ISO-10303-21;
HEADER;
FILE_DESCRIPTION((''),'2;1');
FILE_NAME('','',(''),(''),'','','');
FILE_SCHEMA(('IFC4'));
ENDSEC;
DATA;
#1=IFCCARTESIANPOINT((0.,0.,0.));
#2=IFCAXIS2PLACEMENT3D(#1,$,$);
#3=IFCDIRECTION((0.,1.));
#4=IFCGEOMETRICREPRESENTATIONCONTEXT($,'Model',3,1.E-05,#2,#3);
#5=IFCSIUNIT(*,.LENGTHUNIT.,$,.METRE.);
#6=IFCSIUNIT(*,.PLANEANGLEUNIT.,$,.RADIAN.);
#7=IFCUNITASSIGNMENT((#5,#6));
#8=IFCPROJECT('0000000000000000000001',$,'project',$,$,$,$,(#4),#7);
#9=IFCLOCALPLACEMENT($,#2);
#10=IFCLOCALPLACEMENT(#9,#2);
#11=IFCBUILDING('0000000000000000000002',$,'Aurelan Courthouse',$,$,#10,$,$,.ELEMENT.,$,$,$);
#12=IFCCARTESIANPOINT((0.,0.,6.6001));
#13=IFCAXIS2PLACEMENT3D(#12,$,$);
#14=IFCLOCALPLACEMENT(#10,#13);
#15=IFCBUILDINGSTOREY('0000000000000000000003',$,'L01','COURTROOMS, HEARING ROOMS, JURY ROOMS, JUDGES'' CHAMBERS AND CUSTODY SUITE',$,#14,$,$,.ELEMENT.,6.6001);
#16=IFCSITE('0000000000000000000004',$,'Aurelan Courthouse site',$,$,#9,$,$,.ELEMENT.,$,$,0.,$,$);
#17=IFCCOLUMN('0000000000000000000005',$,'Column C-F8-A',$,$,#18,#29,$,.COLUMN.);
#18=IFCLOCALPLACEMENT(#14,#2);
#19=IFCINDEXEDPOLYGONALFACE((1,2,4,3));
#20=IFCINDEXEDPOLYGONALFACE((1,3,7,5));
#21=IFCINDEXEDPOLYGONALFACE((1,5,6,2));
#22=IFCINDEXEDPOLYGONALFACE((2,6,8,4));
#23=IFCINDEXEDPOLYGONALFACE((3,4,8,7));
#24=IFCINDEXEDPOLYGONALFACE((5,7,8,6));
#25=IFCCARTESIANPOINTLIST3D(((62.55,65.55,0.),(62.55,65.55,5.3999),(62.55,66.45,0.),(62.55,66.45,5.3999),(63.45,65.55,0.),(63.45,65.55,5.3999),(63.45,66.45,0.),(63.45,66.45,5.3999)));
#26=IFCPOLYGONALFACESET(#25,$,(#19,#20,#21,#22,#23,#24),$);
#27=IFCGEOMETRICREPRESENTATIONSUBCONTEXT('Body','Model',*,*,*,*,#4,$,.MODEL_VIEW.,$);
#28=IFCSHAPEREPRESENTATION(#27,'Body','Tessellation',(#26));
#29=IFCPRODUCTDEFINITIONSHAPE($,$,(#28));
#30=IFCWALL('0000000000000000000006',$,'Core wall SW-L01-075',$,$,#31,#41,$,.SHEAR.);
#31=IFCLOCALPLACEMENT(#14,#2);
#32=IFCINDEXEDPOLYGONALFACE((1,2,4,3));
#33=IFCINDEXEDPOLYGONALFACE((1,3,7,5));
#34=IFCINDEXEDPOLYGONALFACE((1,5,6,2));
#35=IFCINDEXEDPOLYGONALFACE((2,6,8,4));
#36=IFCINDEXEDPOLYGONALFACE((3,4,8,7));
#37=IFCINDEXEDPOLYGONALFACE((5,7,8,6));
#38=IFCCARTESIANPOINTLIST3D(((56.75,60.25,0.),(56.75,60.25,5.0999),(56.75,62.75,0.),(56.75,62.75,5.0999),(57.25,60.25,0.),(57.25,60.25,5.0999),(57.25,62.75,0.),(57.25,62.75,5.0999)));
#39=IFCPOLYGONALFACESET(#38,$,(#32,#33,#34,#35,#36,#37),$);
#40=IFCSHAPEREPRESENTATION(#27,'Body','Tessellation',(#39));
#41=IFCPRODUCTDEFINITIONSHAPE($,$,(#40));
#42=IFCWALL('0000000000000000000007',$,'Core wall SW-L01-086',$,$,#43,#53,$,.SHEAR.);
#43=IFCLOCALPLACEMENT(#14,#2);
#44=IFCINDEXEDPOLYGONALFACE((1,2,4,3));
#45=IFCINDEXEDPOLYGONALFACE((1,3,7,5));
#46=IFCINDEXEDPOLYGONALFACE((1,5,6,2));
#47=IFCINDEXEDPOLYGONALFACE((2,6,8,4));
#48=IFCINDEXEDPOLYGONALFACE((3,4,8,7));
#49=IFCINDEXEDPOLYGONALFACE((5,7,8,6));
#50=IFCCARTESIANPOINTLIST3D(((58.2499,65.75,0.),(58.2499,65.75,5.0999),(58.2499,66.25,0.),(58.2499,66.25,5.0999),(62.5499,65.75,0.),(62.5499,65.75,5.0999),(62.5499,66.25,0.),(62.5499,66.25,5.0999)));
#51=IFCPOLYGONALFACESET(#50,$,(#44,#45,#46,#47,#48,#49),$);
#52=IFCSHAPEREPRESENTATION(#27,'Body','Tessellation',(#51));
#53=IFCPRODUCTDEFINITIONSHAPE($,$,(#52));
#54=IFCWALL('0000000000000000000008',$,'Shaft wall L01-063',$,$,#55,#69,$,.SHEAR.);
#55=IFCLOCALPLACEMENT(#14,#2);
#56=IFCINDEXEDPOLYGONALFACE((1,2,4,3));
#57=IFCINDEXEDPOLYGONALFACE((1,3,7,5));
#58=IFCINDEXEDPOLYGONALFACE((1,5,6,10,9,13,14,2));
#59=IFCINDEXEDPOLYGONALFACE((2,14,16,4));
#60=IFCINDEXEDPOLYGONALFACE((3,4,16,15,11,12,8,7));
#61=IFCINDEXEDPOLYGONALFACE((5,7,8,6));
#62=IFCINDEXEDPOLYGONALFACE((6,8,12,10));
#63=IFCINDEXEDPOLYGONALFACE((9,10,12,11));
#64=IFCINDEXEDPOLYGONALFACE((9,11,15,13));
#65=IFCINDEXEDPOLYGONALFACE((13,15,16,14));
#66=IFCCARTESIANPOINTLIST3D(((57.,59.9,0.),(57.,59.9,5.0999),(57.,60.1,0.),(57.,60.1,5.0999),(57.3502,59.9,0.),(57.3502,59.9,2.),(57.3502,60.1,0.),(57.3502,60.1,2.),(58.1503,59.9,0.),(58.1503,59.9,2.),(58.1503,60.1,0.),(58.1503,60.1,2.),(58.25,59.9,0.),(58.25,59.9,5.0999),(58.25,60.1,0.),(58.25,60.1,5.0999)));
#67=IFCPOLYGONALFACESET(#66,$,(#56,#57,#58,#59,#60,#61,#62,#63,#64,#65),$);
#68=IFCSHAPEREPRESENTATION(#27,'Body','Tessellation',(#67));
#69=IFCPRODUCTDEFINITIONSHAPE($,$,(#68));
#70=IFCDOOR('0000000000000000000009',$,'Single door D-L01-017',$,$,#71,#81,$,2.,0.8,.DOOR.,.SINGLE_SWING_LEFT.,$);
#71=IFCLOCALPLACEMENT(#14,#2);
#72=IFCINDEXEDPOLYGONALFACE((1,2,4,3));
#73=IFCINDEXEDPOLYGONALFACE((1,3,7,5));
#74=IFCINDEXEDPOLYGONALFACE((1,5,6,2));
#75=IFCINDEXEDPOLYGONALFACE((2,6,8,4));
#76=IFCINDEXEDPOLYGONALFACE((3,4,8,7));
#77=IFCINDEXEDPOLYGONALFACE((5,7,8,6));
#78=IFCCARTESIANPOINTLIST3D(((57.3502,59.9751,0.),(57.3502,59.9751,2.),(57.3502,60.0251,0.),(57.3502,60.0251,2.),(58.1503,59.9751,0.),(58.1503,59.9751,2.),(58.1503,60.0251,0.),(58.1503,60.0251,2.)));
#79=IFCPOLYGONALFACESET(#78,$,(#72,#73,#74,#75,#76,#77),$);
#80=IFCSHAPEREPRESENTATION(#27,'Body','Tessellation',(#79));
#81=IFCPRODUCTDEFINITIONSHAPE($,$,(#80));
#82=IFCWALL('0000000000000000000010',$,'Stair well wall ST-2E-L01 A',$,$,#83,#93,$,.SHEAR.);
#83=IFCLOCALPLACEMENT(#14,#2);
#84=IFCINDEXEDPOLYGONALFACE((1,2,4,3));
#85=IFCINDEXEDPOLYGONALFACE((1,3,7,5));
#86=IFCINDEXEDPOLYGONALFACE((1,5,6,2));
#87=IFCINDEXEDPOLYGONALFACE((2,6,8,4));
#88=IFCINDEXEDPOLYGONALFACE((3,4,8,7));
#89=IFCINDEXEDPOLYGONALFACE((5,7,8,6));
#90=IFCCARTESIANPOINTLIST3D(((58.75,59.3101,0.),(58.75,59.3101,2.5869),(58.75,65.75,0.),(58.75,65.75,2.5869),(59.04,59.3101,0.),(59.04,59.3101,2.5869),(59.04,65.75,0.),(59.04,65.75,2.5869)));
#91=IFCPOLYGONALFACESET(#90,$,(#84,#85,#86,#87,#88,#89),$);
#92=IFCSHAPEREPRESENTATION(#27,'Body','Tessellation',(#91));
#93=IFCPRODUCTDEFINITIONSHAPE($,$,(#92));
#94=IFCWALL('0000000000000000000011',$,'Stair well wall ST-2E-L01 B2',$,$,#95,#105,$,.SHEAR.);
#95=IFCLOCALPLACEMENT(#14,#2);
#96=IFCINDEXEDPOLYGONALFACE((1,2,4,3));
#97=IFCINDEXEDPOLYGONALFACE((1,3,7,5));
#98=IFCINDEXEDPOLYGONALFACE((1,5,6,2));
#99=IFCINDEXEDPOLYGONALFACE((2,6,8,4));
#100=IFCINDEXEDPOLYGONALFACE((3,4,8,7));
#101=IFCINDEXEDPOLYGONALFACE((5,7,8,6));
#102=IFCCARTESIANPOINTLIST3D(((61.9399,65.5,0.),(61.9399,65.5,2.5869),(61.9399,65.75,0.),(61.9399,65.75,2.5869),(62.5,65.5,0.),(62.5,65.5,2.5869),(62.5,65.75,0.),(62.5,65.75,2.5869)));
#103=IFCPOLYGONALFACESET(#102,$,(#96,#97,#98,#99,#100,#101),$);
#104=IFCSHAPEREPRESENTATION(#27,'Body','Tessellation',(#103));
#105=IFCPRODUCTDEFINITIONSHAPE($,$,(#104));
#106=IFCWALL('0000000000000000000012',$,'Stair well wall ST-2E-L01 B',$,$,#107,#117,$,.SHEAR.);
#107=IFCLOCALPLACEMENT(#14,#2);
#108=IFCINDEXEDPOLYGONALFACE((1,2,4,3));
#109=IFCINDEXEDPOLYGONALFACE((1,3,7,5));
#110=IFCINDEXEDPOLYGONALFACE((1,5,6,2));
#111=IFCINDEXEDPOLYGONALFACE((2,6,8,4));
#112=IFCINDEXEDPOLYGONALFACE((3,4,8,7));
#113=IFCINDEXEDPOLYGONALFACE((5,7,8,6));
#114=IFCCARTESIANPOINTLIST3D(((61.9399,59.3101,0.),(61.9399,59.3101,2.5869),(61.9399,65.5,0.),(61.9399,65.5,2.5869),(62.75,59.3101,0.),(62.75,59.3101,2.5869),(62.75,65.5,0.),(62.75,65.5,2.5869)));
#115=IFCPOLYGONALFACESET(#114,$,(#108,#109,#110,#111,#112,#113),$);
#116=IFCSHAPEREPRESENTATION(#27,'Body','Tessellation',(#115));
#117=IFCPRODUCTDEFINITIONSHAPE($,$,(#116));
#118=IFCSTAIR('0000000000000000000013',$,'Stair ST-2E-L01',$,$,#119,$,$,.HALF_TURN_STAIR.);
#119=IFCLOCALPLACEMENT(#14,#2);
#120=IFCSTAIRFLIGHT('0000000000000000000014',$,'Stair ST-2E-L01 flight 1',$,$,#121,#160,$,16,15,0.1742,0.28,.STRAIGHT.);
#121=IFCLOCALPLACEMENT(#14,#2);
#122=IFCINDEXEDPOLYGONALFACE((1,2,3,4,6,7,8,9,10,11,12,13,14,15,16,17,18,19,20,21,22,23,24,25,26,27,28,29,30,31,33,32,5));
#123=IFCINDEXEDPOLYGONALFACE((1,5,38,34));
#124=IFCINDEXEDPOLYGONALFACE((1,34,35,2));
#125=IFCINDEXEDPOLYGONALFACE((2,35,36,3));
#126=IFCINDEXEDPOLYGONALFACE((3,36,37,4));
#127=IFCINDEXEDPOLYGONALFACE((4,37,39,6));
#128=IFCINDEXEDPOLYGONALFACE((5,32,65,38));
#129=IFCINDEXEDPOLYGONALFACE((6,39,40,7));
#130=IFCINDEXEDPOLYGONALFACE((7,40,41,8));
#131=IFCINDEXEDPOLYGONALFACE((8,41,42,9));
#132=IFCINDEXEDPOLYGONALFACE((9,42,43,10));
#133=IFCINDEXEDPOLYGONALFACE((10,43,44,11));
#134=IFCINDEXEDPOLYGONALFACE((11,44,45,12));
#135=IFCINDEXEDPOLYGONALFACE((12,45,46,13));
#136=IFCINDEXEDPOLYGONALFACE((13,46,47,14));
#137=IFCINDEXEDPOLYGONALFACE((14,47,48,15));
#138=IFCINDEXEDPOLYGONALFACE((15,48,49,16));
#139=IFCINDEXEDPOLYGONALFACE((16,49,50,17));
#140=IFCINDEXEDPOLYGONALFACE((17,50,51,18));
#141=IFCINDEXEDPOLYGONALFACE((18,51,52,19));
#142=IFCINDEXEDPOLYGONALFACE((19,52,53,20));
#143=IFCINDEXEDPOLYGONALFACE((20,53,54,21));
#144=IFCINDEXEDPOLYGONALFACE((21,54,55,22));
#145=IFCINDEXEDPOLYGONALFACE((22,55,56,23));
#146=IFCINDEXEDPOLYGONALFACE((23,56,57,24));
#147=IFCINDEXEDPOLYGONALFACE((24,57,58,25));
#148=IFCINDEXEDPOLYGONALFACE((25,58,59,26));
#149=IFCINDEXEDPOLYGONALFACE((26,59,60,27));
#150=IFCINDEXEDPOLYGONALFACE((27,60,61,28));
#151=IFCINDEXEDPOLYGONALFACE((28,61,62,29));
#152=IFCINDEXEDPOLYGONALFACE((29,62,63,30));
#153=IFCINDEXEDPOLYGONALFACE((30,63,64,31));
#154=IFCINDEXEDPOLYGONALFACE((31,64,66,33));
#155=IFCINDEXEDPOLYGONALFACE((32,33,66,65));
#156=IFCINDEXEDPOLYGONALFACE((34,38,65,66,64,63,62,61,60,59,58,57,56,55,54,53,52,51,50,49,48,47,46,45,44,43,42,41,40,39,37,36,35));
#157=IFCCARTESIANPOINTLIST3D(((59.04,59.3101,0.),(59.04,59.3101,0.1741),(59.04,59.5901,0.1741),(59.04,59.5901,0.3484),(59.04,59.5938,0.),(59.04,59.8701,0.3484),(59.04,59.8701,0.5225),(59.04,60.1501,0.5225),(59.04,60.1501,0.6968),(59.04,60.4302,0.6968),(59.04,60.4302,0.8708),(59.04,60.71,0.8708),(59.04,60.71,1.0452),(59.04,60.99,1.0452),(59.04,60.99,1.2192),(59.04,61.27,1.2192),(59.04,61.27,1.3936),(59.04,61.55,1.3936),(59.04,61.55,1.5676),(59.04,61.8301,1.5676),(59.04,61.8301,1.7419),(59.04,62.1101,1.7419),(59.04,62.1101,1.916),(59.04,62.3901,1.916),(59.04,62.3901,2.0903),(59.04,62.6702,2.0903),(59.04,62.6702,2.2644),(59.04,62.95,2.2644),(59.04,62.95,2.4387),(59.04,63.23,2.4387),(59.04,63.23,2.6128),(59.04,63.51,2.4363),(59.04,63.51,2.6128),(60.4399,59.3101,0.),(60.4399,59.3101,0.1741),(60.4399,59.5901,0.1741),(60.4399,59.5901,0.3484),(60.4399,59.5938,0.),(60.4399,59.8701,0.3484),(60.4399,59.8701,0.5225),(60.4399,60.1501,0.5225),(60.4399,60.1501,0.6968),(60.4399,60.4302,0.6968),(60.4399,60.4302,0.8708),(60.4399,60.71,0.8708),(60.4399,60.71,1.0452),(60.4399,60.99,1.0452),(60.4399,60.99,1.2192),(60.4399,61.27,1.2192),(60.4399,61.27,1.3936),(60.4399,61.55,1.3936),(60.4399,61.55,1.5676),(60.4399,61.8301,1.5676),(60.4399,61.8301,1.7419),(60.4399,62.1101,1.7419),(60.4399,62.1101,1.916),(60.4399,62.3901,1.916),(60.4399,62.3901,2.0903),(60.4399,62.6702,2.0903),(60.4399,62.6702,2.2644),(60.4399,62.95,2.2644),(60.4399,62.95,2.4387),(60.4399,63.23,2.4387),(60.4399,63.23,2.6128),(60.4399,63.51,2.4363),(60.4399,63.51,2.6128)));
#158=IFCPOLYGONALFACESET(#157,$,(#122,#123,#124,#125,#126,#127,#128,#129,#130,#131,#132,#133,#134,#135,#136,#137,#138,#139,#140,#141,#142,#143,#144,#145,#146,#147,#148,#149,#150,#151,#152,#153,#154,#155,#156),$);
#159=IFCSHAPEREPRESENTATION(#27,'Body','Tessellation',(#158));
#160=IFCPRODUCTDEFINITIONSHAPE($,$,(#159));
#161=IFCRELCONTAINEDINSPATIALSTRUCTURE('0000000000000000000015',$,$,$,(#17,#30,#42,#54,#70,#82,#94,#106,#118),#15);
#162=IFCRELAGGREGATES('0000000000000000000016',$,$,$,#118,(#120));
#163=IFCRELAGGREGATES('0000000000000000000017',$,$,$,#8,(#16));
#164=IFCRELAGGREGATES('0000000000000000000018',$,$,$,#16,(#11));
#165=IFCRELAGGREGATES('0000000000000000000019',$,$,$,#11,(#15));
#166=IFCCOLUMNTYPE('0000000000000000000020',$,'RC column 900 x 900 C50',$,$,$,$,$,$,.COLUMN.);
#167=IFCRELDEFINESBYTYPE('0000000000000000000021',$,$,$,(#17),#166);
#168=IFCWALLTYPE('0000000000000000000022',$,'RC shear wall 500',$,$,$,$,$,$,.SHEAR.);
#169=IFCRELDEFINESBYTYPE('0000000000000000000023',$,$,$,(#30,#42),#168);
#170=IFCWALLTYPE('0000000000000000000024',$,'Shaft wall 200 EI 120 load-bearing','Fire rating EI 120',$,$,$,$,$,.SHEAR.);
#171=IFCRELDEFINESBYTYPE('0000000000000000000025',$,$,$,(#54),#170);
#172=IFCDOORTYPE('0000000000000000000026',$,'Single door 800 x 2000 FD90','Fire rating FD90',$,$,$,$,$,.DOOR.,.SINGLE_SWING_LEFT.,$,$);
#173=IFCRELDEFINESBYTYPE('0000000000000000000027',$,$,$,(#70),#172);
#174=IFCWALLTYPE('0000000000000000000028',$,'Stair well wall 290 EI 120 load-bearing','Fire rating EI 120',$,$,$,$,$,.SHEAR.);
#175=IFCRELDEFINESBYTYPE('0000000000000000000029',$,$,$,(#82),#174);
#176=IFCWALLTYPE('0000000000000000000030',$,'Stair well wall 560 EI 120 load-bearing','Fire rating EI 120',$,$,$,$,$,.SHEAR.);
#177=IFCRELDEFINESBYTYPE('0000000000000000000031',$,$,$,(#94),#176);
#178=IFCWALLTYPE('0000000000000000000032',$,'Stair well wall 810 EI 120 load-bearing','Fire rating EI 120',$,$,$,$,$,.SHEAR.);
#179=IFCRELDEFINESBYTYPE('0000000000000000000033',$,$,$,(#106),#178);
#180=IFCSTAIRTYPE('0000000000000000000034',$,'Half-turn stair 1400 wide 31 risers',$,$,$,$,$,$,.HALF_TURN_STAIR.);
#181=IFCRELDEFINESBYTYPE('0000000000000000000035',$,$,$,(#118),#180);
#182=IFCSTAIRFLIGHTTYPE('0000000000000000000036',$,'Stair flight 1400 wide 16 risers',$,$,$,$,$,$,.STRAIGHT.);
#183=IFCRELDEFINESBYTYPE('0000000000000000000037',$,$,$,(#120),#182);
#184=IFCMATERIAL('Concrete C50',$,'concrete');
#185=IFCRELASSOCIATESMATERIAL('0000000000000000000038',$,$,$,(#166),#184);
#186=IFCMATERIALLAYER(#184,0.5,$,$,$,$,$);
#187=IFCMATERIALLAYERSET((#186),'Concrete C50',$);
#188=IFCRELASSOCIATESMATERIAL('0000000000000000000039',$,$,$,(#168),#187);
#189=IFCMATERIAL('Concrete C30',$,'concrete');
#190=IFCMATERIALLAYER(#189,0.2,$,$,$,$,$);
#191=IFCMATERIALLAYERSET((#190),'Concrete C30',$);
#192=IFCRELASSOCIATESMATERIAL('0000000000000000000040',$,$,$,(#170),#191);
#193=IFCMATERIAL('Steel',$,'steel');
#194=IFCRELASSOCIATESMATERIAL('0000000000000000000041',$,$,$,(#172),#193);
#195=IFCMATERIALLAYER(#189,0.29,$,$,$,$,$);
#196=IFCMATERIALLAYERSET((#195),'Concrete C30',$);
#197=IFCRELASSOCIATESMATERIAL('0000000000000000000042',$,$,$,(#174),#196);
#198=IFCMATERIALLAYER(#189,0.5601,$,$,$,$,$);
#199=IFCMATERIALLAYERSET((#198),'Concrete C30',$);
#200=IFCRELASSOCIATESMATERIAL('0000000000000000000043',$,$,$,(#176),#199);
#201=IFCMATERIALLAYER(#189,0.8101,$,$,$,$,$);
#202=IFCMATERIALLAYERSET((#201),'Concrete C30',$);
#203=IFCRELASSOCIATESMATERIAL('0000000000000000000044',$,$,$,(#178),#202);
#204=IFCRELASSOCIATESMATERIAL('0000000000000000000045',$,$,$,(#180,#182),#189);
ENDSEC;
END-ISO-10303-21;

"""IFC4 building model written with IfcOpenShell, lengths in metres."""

from ifc_helpers import new_model, si_unit, direction, frame, frame_2d, origin, origin_2d, place, context, subcontext, project, spatial, polyline, rectangle, outline, extrude, material, layer, layer_set, material_profile, profile_set, type_object, element, fill, aggregate, save


model = new_model("IFC4")

# Units and contexts
model_context = context("Model", 3, precision=1e-05, world=origin(), true_north=direction((0.0, 1.0)))
body_context = subcontext(model_context, "Body", "Model", "MODEL_VIEW")
ifc_project = project(units=[si_unit("LENGTHUNIT", "METRE"), si_unit("PLANEANGLEUNIT", "RADIAN")], contexts=[model_context])

# Site, building, storey
site_placement = place(None, origin())
site = spatial("IfcSite", under=ifc_project, at=site_placement, Name="Aurelan Courthouse site", CompositionType="ELEMENT", RefElevation=0.0)
building_placement = place(site_placement, origin())
building = spatial("IfcBuilding", under=site, at=building_placement, Name="Aurelan Courthouse", CompositionType="ELEMENT")
storey_placement = place(building_placement, frame((0.0, 0.0, 6.6001)))
storey = spatial("IfcBuildingStorey", under=building, at=storey_placement, Name="L01", Description="COURTROOMS, HEARING ROOMS, JURY ROOMS, JUDGES' CHAMBERS AND CUSTODY SUITE", CompositionType="ELEMENT", Elevation=6.6001)

# Column
ifc_material_1 = material(Name="Concrete C50", Category="concrete")
ifc_material_profile = material_profile(ifc_material_1, rectangle(XDim=0.8999, YDim=0.8999, at=origin_2d()), Name="RC 900 x 900")
ifc_profile_set = profile_set([ifc_material_profile], Name="Concrete C50")
column_type = type_object("IfcColumnType", Name="RC column 900 x 900 C50", PredefinedType="COLUMN", material=ifc_profile_set)
column_placement = place(storey_placement, frame((63.0, 66.0, 0.0), z_axis=(0.0, 0.0, 1.0), x_axis=(1.0, 0.0, 0.0)))
element("IfcColumn", 1, at=column_placement, inside=storey, type_object=column_type, Name="Column C-F8-A", PredefinedType="COLUMN", context=body_context, shape_type="SweptSolid", body=[
    extrude(rectangle(XDim=0.8999, YDim=0.8999, at=origin_2d()), origin(), (0.0, 0.0, 1.0), 5.3999),
])

# Walls
ifc_layer_1 = layer(ifc_material_1, 0.5)
ifc_layer_set_1 = layer_set([ifc_layer_1], Name="Concrete C50")
wall_type_1 = type_object("IfcWallType", Name="RC shear wall 500", PredefinedType="SHEAR", material=ifc_layer_set_1)
wall_1_placement = place(storey_placement, frame((57.0, 60.25, 0.0), z_axis=(0.0, 0.0, 1.0), x_axis=(0.0, 1.0, 0.0)))
element("IfcWall", 2, at=wall_1_placement, inside=storey, type_object=wall_type_1, Name="Core wall SW-L01-075", PredefinedType="SHEAR", context=body_context, shape_type="SweptSolid", body=[
    extrude(rectangle(XDim=2.5, YDim=0.5, at=frame_2d((1.25, 0.0))), origin(), (0.0, 0.0, 1.0), 5.0999),
])
wall_2_placement = place(storey_placement, frame((58.25, 66.0, 0.0), z_axis=(0.0, 0.0, 1.0), x_axis=(1.0, 0.0, 0.0)))
element("IfcWall", 3, at=wall_2_placement, inside=storey, type_object=wall_type_1, Name="Core wall SW-L01-086", PredefinedType="SHEAR", context=body_context, shape_type="SweptSolid", body=[
    extrude(rectangle(XDim=4.3, YDim=0.5, at=frame_2d((2.1499, 0.0))), origin(), (0.0, 0.0, 1.0), 5.0999),
])

# Wall, opening, door
ifc_material_2 = material(Name="Concrete C30", Category="concrete")
ifc_layer_2 = layer(ifc_material_2, 0.2)
ifc_layer_set_2 = layer_set([ifc_layer_2], Name="Concrete C30")
wall_type_2 = type_object("IfcWallType", Name="Shaft wall 200 EI 120 load-bearing", Description="Fire rating EI 120", PredefinedType="SHEAR", material=ifc_layer_set_2)
wall_3_placement = place(storey_placement, frame((57.0, 60.0, 0.0), z_axis=(0.0, 0.0, 1.0), x_axis=(1.0, 0.0, 0.0)))
wall_3 = element("IfcWall", 4, at=wall_3_placement, inside=storey, type_object=wall_type_2, Name="Shaft wall L01-063", PredefinedType="SHEAR", context=body_context, shape_type="SweptSolid", body=[
    extrude(rectangle(XDim=1.25, YDim=0.2, at=frame_2d((0.625, 0.0))), origin(), (0.0, 0.0, 1.0), 5.0999),
])
opening_placement = place(wall_3_placement, frame((1.1501, 0.0, 0.0), z_axis=(0.0, 0.0, 1.0), x_axis=(-1.0, 0.0, 0.0)))
opening = element("IfcOpeningElement", 5, at=opening_placement, cuts=wall_3, PredefinedType="OPENING", context=body_context, shape_type="SweptSolid", body=[
    extrude(rectangle(XDim=0.8, YDim=2.0, at=frame_2d((0.3999, 1.0))), frame((0.0, 0.1099, 0.0), z_axis=(0.0, -1.0, 0.0), x_axis=(1.0, 0.0, 0.0)), (0.0, 0.0, 1.0), 0.22),
])
ifc_material_3 = material(Name="Steel", Category="steel")
door_type = type_object("IfcDoorType", Name="Single door 800 x 2000 FD90", Description="Fire rating FD90", OperationType="SINGLE_SWING_LEFT", PredefinedType="DOOR", material=ifc_material_3)
door_placement = place(opening_placement, origin())
door = element("IfcDoor", 6, at=door_placement, inside=storey, type_object=door_type, Name="Single door D-L01-017", OperationType="SINGLE_SWING_LEFT", OverallHeight=2.0, OverallWidth=0.8, PredefinedType="DOOR", context=body_context, shape_type="SweptSolid", body=[
    extrude(rectangle(XDim=0.8, YDim=2.0, at=frame_2d((0.3999, 1.0))), frame((0.0, 0.0249, 0.0), z_axis=(0.0, -1.0, 0.0), x_axis=(1.0, 0.0, 0.0)), (0.0, 0.0, 1.0), 0.05),
])
fill(opening, door)

# Walls
ifc_layer_3 = layer(ifc_material_2, 0.29)
ifc_layer_set_3 = layer_set([ifc_layer_3], Name="Concrete C30")
wall_type_3 = type_object("IfcWallType", Name="Stair well wall 290 EI 120 load-bearing", Description="Fire rating EI 120", PredefinedType="SHEAR", material=ifc_layer_set_3)
wall_4_placement = place(storey_placement, frame((58.895, 59.3101, 0.0), z_axis=(0.0, 0.0, 1.0), x_axis=(0.0, 1.0, 0.0)))
element("IfcWall", 7, at=wall_4_placement, inside=storey, type_object=wall_type_3, Name="Stair well wall ST-2E-L01 A", PredefinedType="SHEAR", context=body_context, shape_type="SweptSolid", body=[
    extrude(rectangle(XDim=6.4399, YDim=0.29, at=frame_2d((3.22, 0.0))), origin(), (0.0, 0.0, 1.0), 2.5869),
])
ifc_layer_4 = layer(ifc_material_2, 0.5601)
ifc_layer_set_4 = layer_set([ifc_layer_4], Name="Concrete C30")
wall_type_4 = type_object("IfcWallType", Name="Stair well wall 560 EI 120 load-bearing", Description="Fire rating EI 120", PredefinedType="SHEAR", material=ifc_layer_set_4)
wall_5_placement = place(storey_placement, frame((62.22, 65.5, 0.0), z_axis=(0.0, 0.0, 1.0), x_axis=(0.0, 1.0, 0.0)))
element("IfcWall", 8, at=wall_5_placement, inside=storey, type_object=wall_type_4, Name="Stair well wall ST-2E-L01 B2", PredefinedType="SHEAR", context=body_context, shape_type="SweptSolid", body=[
    extrude(rectangle(XDim=0.25, YDim=0.5601, at=frame_2d((0.125, 0.0))), origin(), (0.0, 0.0, 1.0), 2.5869),
])
ifc_layer_5 = layer(ifc_material_2, 0.8101)
ifc_layer_set_5 = layer_set([ifc_layer_5], Name="Concrete C30")
wall_type_5 = type_object("IfcWallType", Name="Stair well wall 810 EI 120 load-bearing", Description="Fire rating EI 120", PredefinedType="SHEAR", material=ifc_layer_set_5)
wall_6_placement = place(storey_placement, frame((62.345, 59.3101, 0.0), z_axis=(0.0, 0.0, 1.0), x_axis=(0.0, 1.0, 0.0)))
element("IfcWall", 9, at=wall_6_placement, inside=storey, type_object=wall_type_5, Name="Stair well wall ST-2E-L01 B", PredefinedType="SHEAR", context=body_context, shape_type="SweptSolid", body=[
    extrude(rectangle(XDim=6.1899, YDim=0.8101, at=frame_2d((3.095, 0.0))), origin(), (0.0, 0.0, 1.0), 2.5869),
])

# Stair, stair flight
stair_type = type_object("IfcStairType", Name="Half-turn stair 1400 wide 31 risers", PredefinedType="HALF_TURN_STAIR", material=ifc_material_2)
stair_placement = place(storey_placement, origin())
stair = element("IfcStair", 10, at=stair_placement, inside=storey, type_object=stair_type, Name="Stair ST-2E-L01", PredefinedType="HALF_TURN_STAIR")
stair_flight_type = type_object("IfcStairFlightType", Name="Stair flight 1400 wide 16 risers", PredefinedType="STRAIGHT", material=ifc_material_2)
stair_flight_1_placement = place(storey_placement, frame((59.74, 59.3101, 0.0), z_axis=(0.0, 0.0, 1.0), x_axis=(0.0, 1.0, 0.0)))
stair_flight_1 = element("IfcStairFlight", 11, at=stair_flight_1_placement, type_object=stair_flight_type, Name="Stair ST-2E-L01 flight 1", NumberOfRisers=16, NumberOfTreads=15, PredefinedType="STRAIGHT", RiserHeight=0.1742, TreadLength=0.28, context=body_context, shape_type="SweptSolid", body=[
    extrude(outline(polyline([(0.0, 0.0), (0.0, 0.1741), (0.28, 0.1741), (0.28, 0.3484), (0.5601, 0.3484), (0.5601, 0.5225), (0.8401, 0.5225), (0.8401, 0.6968), (1.1201, 0.6968), (1.1201, 0.8708), (1.3999, 0.8708), (1.3999, 1.0452), (1.6799, 1.0452), (1.6799, 1.2192), (1.96, 1.2192), (1.96, 1.3936), (2.24, 1.3936), (2.24, 1.5676), (2.52, 1.5676), (2.52, 1.7419), (2.8, 1.7419), (2.8, 1.916), (3.0801, 1.916), (3.0801, 2.0903), (3.3601, 2.0903), (3.3601, 2.2644), (3.6399, 2.2644), (3.6399, 2.4387), (3.9199, 2.4387), (3.9199, 2.6128), (4.2, 2.6128), (4.2, 2.7871), (4.2, 2.4363), (0.2837, 0.0), (0.0, 0.0)])), frame((0.0, 0.7, 0.0), z_axis=(0.0, -1.0, 0.0), x_axis=(1.0, 0.0, 0.0)), (0.0, 0.0, 1.0), 1.3999),
])
aggregate(stair, [stair_flight_1])

save(model, "model.ifc")
